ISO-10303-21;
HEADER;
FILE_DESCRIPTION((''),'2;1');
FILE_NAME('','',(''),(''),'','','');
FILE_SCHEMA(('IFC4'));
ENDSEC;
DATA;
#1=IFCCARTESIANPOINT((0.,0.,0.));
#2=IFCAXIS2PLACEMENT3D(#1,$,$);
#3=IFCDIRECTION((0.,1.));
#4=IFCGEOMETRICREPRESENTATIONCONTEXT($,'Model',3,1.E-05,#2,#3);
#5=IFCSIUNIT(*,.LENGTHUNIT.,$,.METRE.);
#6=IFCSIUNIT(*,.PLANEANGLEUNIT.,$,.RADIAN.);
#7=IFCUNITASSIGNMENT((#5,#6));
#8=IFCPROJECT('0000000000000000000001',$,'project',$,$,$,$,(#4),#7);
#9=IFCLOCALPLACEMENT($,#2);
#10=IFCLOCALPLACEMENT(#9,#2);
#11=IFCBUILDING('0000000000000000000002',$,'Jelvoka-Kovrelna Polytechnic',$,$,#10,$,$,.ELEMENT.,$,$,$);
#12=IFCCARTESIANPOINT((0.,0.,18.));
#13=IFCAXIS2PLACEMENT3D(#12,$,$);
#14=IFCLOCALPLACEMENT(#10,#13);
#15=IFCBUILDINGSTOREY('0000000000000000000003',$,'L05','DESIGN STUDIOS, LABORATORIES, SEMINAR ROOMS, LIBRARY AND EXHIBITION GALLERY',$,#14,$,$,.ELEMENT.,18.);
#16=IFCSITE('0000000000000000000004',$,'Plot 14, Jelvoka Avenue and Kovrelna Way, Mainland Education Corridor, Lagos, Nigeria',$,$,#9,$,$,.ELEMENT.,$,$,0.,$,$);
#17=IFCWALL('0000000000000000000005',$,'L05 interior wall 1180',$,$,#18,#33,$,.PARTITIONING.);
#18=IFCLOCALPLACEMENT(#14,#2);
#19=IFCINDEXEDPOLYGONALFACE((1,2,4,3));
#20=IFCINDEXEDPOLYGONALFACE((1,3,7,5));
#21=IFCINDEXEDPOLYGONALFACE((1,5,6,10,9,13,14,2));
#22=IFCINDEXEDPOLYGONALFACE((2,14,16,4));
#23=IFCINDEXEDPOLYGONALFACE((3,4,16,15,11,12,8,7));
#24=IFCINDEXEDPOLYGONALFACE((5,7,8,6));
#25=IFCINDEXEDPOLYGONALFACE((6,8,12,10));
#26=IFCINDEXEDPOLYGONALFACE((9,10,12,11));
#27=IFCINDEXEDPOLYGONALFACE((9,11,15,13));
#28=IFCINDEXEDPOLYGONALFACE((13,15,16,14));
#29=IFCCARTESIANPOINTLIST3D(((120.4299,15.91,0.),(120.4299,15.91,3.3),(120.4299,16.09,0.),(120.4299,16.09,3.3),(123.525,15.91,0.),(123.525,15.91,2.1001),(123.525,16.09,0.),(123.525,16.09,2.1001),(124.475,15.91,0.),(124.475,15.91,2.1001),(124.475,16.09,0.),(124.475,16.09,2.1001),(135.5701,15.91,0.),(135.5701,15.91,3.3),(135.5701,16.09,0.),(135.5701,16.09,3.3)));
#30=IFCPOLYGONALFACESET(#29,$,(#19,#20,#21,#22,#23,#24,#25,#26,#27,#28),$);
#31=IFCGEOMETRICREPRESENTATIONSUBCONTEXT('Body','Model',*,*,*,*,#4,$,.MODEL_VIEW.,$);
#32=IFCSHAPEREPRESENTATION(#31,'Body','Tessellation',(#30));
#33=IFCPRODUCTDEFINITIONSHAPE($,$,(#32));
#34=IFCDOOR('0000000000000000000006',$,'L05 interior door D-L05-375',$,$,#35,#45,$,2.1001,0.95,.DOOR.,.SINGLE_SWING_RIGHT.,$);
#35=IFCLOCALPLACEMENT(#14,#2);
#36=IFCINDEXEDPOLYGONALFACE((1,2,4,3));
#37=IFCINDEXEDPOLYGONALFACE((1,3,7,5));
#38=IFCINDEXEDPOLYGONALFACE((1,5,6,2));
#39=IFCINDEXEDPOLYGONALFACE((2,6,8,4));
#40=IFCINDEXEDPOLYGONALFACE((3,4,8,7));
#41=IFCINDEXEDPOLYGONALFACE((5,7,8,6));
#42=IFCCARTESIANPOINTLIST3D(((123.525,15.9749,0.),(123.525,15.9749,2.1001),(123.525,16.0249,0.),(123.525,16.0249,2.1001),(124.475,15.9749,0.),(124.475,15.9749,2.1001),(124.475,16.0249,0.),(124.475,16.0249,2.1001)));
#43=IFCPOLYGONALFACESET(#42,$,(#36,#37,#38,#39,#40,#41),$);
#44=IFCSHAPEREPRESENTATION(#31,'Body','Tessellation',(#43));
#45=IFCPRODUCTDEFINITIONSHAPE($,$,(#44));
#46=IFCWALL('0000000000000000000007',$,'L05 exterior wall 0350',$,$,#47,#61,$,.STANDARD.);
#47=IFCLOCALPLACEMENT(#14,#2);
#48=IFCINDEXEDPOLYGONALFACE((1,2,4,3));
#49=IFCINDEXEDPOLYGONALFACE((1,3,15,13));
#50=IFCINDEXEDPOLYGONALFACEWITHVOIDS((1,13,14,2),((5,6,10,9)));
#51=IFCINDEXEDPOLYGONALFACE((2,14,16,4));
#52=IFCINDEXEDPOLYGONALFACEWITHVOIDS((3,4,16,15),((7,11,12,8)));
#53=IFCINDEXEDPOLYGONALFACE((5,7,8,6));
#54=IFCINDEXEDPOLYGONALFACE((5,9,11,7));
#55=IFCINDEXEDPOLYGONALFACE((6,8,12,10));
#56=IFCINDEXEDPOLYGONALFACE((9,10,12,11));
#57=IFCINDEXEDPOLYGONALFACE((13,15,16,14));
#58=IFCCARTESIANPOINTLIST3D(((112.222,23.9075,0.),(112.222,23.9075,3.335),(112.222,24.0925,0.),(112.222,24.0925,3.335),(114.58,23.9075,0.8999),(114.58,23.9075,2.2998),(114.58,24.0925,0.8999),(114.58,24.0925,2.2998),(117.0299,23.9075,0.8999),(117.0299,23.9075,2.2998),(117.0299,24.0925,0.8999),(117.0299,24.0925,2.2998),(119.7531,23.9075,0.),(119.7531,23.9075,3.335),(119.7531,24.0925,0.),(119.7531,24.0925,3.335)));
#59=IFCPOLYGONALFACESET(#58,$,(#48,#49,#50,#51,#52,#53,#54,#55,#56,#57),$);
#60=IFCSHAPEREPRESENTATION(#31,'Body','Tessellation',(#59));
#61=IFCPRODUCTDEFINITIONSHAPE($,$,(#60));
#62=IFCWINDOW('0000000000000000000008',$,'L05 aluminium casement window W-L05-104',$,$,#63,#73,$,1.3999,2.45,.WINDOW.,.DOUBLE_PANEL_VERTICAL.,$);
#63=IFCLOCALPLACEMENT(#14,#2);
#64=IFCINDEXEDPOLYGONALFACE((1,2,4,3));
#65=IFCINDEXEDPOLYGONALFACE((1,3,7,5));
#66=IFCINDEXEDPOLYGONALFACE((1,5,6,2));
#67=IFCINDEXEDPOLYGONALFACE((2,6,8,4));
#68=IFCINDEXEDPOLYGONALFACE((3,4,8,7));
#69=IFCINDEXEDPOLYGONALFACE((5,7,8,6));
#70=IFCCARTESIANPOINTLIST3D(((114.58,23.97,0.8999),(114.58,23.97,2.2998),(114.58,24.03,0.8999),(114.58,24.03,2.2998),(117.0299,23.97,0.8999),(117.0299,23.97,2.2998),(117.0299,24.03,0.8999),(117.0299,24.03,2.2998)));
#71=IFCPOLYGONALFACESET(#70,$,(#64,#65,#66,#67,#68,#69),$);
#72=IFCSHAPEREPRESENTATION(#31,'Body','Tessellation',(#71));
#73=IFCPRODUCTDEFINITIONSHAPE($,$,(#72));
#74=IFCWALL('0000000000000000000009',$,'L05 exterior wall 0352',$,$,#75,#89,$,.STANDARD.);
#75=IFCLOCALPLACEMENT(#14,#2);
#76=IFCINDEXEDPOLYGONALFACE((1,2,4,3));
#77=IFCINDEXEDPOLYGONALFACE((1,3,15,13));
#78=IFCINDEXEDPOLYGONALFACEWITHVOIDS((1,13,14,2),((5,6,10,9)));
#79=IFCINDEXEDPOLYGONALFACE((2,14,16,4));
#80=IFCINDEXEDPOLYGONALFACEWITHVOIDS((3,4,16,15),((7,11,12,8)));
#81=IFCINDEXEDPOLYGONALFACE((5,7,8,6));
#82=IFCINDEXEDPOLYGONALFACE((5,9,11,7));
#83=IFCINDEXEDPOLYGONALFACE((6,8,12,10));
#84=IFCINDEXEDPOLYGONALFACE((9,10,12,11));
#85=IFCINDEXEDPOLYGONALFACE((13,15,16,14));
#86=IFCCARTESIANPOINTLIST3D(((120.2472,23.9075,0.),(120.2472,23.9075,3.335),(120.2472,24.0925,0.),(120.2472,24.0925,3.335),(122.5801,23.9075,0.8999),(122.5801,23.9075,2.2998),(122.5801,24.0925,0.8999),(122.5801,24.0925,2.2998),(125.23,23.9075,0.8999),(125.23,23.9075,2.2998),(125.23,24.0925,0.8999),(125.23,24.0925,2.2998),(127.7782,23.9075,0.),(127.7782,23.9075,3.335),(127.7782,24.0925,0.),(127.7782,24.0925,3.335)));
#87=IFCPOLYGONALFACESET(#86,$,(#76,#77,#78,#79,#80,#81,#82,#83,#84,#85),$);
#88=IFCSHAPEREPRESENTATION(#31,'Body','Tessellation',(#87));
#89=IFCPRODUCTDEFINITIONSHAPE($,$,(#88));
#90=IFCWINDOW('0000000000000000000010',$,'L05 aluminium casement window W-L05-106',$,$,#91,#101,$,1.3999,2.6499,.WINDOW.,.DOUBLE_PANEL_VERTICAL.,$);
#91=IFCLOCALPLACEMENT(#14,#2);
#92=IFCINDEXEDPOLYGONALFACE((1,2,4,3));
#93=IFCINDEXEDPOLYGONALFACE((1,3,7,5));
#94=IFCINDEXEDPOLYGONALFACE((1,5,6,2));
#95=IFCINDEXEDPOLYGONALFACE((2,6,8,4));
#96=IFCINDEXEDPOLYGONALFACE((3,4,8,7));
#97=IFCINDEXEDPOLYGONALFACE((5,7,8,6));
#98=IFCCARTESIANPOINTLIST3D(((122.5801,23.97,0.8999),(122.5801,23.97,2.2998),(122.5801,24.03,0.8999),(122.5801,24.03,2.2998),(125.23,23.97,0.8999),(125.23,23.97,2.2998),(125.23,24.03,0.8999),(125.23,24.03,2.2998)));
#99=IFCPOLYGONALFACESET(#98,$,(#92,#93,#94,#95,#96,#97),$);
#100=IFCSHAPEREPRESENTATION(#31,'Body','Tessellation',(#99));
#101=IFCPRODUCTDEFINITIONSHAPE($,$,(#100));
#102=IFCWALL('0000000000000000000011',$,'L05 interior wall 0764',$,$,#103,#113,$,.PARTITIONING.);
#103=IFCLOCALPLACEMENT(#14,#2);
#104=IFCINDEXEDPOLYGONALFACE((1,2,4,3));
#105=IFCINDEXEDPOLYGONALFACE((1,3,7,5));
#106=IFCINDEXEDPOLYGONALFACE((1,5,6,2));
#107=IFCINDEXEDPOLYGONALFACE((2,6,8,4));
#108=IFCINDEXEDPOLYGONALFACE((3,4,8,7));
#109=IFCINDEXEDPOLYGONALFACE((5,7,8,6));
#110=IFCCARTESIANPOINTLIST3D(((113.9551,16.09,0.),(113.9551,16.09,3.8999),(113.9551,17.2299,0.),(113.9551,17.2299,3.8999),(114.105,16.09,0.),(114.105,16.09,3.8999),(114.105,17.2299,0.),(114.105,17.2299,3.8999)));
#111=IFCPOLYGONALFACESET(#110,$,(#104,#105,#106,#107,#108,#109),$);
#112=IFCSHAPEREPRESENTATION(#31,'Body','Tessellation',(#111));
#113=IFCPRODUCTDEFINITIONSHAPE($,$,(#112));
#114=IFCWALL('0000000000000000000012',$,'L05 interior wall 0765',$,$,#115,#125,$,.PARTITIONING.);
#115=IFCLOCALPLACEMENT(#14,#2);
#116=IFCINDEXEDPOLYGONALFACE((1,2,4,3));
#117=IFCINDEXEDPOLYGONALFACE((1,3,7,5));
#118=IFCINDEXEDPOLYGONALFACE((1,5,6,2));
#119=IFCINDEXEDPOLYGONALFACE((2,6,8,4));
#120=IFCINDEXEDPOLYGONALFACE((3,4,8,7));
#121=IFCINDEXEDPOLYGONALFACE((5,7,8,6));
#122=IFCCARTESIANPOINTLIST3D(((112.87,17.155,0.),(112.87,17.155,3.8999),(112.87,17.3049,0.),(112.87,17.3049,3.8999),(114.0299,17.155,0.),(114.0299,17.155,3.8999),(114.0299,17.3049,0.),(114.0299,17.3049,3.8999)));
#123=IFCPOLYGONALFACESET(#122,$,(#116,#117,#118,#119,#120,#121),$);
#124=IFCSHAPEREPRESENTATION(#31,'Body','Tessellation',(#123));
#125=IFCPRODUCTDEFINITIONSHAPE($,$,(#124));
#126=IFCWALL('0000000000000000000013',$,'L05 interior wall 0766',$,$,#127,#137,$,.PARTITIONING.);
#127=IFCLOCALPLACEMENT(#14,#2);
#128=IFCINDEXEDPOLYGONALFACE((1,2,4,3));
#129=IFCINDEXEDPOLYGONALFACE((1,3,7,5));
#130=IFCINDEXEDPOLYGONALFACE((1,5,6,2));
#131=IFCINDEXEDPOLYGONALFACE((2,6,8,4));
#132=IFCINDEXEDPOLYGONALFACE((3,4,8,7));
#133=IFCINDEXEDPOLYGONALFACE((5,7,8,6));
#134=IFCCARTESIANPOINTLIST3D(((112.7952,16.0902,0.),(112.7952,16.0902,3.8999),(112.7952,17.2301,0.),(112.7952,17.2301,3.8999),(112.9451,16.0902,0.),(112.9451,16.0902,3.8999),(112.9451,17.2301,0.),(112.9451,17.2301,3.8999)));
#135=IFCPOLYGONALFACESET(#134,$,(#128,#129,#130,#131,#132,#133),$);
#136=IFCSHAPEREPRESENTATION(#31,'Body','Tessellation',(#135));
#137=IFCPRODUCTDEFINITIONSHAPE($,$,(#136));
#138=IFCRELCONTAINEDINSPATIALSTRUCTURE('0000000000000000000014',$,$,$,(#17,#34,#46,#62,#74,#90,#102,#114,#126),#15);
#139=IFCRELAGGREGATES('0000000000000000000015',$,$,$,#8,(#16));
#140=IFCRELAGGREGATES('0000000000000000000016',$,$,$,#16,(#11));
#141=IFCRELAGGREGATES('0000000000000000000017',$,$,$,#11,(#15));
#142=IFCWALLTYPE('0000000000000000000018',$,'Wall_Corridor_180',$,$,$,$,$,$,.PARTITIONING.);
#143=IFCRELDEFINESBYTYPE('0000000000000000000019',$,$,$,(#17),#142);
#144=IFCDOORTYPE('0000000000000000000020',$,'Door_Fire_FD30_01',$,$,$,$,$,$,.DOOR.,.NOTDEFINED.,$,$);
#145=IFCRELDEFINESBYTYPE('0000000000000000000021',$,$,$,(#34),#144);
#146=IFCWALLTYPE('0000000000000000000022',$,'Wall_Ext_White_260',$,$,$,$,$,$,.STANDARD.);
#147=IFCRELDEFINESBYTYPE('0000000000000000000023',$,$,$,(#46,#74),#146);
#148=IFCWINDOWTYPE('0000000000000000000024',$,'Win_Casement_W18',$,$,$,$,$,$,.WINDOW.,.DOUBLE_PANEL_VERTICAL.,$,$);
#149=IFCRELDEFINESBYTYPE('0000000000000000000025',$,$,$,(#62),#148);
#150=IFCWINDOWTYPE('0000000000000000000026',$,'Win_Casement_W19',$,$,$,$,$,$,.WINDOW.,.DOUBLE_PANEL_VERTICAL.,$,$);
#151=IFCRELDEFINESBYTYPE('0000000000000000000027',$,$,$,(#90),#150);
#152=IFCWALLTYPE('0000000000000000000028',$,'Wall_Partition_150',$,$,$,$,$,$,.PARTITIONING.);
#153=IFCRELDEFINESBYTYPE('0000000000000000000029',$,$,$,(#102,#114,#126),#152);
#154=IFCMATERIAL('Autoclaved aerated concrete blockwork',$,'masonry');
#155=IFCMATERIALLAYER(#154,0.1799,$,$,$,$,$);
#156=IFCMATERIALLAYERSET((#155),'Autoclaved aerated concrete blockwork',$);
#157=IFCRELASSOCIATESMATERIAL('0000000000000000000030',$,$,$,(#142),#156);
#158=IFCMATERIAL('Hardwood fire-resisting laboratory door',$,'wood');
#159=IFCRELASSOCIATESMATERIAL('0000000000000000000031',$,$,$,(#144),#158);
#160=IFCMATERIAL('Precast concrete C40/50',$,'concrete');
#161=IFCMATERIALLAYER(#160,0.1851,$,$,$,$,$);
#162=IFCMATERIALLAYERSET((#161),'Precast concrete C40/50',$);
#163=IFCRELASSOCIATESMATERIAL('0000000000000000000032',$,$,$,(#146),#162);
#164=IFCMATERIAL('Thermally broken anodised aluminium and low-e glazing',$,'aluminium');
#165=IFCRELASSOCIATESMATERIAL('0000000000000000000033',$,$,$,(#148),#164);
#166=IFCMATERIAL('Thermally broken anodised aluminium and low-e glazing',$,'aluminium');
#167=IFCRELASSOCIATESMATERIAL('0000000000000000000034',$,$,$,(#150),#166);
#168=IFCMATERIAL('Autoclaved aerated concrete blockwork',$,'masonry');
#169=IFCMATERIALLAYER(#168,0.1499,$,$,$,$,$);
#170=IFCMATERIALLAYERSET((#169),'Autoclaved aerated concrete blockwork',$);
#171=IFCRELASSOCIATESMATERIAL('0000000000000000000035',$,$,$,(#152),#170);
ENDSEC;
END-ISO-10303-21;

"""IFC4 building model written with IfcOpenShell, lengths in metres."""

from ifc_helpers import new_model, si_unit, direction, frame, frame_2d, origin, place, context, subcontext, project, spatial, rectangle, extrude, material, layer, layer_set, type_object, element, fill, save


model = new_model("IFC4")

# Units and contexts
model_context = context("Model", 3, precision=1e-05, world=origin(), true_north=direction((0.0, 1.0)))
body_context = subcontext(model_context, "Body", "Model", "MODEL_VIEW")
ifc_project = project(units=[si_unit("LENGTHUNIT", "METRE"), si_unit("PLANEANGLEUNIT", "RADIAN")], contexts=[model_context])

# Site, building, storey
site_placement = place(None, origin())
site = spatial("IfcSite", under=ifc_project, at=site_placement, Name="Plot 14, Jelvoka Avenue and Kovrelna Way, Mainland Education Corridor, Lagos, Nigeria", CompositionType="ELEMENT", RefElevation=0.0)
building_placement = place(site_placement, origin())
building = spatial("IfcBuilding", under=site, at=building_placement, Name="Jelvoka-Kovrelna Polytechnic", CompositionType="ELEMENT")
storey_placement = place(building_placement, frame((0.0, 0.0, 18.0)))
storey = spatial("IfcBuildingStorey", under=building, at=storey_placement, Name="L05", Description="DESIGN STUDIOS, LABORATORIES, SEMINAR ROOMS, LIBRARY AND EXHIBITION GALLERY", CompositionType="ELEMENT", Elevation=18.0)

# Wall, opening, door
ifc_material_1 = material(Name="Autoclaved aerated concrete blockwork", Category="masonry")
ifc_layer_1 = layer(ifc_material_1, 0.1799)
ifc_layer_set_1 = layer_set([ifc_layer_1], Name="Autoclaved aerated concrete blockwork")
wall_type_1 = type_object("IfcWallType", Name="Wall_Corridor_180", PredefinedType="PARTITIONING", material=ifc_layer_set_1)
wall_1_placement = place(storey_placement, frame((120.4299, 16.0, 0.0), z_axis=(0.0, 0.0, 1.0), x_axis=(1.0, 0.0, 0.0)))
wall_1 = element("IfcWall", 1, at=wall_1_placement, inside=storey, type_object=wall_type_1, Name="L05 interior wall 1180", PredefinedType="PARTITIONING", context=body_context, shape_type="SweptSolid", body=[
    extrude(rectangle(XDim=15.1401, YDim=0.1799, at=frame_2d((7.5701, 0.0))), origin(), (0.0, 0.0, 1.0), 3.3),
])
opening_1_placement = place(wall_1_placement, frame((3.095, 0.0, 0.0)))
opening_1 = element("IfcOpeningElement", 2, at=opening_1_placement, cuts=wall_1, PredefinedType="OPENING", context=body_context, shape_type="SweptSolid", body=[
    extrude(rectangle(XDim=0.95, YDim=2.1001, at=frame_2d((0.4751, 1.05))), frame((0.0, 0.0999, 0.0), z_axis=(0.0, -1.0, 0.0), x_axis=(1.0, 0.0, 0.0)), (0.0, 0.0, 1.0), 0.2),
])
ifc_material_2 = material(Name="Hardwood fire-resisting laboratory door", Category="wood")
door_type = type_object("IfcDoorType", Name="Door_Fire_FD30_01", OperationType="NOTDEFINED", PredefinedType="DOOR", material=ifc_material_2)
door_placement = place(opening_1_placement, origin())
door = element("IfcDoor", 3, at=door_placement, inside=storey, type_object=door_type, Name="L05 interior door D-L05-375", OperationType="SINGLE_SWING_RIGHT", OverallHeight=2.1001, OverallWidth=0.95, PredefinedType="DOOR", context=body_context, shape_type="SweptSolid", body=[
    extrude(rectangle(XDim=0.95, YDim=2.1001, at=frame_2d((0.4751, 1.05))), frame((0.0, 0.0249, 0.0), z_axis=(0.0, -1.0, 0.0), x_axis=(1.0, 0.0, 0.0)), (0.0, 0.0, 1.0), 0.05),
])
fill(opening_1, door)

# Walls, openings, windows
ifc_material_3 = material(Name="Precast concrete C40/50", Category="concrete")
ifc_layer_2 = layer(ifc_material_3, 0.1851)
ifc_layer_set_2 = layer_set([ifc_layer_2], Name="Precast concrete C40/50")
wall_type_2 = type_object("IfcWallType", Name="Wall_Ext_White_260", PredefinedType="STANDARD", material=ifc_layer_set_2)
wall_2_placement = place(storey_placement, frame((112.2219, 24.0, 0.0), z_axis=(0.0, 0.0, 1.0), x_axis=(1.0, 0.0, 0.0)))
wall_2 = element("IfcWall", 4, at=wall_2_placement, inside=storey, type_object=wall_type_2, Name="L05 exterior wall 0350", PredefinedType="STANDARD", context=body_context, shape_type="SweptSolid", body=[
    extrude(rectangle(XDim=7.531, YDim=0.1851, at=frame_2d((3.7656, 0.0))), origin(), (0.0, 0.0, 1.0), 3.335),
])
opening_2_placement = place(wall_2_placement, frame((2.3579, 0.0, 0.8999)))
opening_2 = element("IfcOpeningElement", 5, at=opening_2_placement, cuts=wall_2, PredefinedType="OPENING", context=body_context, shape_type="SweptSolid", body=[
    extrude(rectangle(XDim=2.45, YDim=1.3999, at=frame_2d((1.2251, 0.7))), frame((0.0, 0.1025, 0.0), z_axis=(0.0, -1.0, 0.0), x_axis=(1.0, 0.0, 0.0)), (0.0, 0.0, 1.0), 0.2051),
])
ifc_material_4 = material(Name="Thermally broken anodised aluminium and low-e glazing", Category="aluminium")
window_type_1 = type_object("IfcWindowType", Name="Win_Casement_W18", PartitioningType="DOUBLE_PANEL_VERTICAL", PredefinedType="WINDOW", material=ifc_material_4)
window_1_placement = place(opening_2_placement, origin())
window_1 = element("IfcWindow", 6, at=window_1_placement, inside=storey, type_object=window_type_1, Name="L05 aluminium casement window W-L05-104", OverallHeight=1.3999, OverallWidth=2.45, PartitioningType="DOUBLE_PANEL_VERTICAL", PredefinedType="WINDOW", context=body_context, shape_type="SweptSolid", body=[
    extrude(rectangle(XDim=2.45, YDim=1.3999, at=frame_2d((1.2251, 0.7))), frame((0.0, 0.03, 0.0), z_axis=(0.0, -1.0, 0.0), x_axis=(1.0, 0.0, 0.0)), (0.0, 0.0, 1.0), 0.0601),
])
fill(opening_2, window_1)
wall_3_placement = place(storey_placement, frame((120.2471, 24.0, 0.0), z_axis=(0.0, 0.0, 1.0), x_axis=(1.0, 0.0, 0.0)))
wall_3 = element("IfcWall", 7, at=wall_3_placement, inside=storey, type_object=wall_type_2, Name="L05 exterior wall 0352", PredefinedType="STANDARD", context=body_context, shape_type="SweptSolid", body=[
    extrude(rectangle(XDim=7.531, YDim=0.1851, at=frame_2d((3.7656, 0.0))), origin(), (0.0, 0.0, 1.0), 3.335),
])
opening_3_placement = place(wall_3_placement, frame((2.333, 0.0, 0.8999)))
opening_3 = element("IfcOpeningElement", 8, at=opening_3_placement, cuts=wall_3, PredefinedType="OPENING", context=body_context, shape_type="SweptSolid", body=[
    extrude(rectangle(XDim=2.6499, YDim=1.3999, at=frame_2d((1.325, 0.7))), frame((0.0, 0.1025, 0.0), z_axis=(0.0, -1.0, 0.0), x_axis=(1.0, 0.0, 0.0)), (0.0, 0.0, 1.0), 0.2051),
])
ifc_material_5 = material(Name="Thermally broken anodised aluminium and low-e glazing", Category="aluminium")
window_type_2 = type_object("IfcWindowType", Name="Win_Casement_W19", PartitioningType="DOUBLE_PANEL_VERTICAL", PredefinedType="WINDOW", material=ifc_material_5)
window_2_placement = place(opening_3_placement, origin())
window_2 = element("IfcWindow", 9, at=window_2_placement, inside=storey, type_object=window_type_2, Name="L05 aluminium casement window W-L05-106", OverallHeight=1.3999, OverallWidth=2.6499, PartitioningType="DOUBLE_PANEL_VERTICAL", PredefinedType="WINDOW", context=body_context, shape_type="SweptSolid", body=[
    extrude(rectangle(XDim=2.6499, YDim=1.3999, at=frame_2d((1.325, 0.7))), frame((0.0, 0.03, 0.0), z_axis=(0.0, -1.0, 0.0), x_axis=(1.0, 0.0, 0.0)), (0.0, 0.0, 1.0), 0.0601),
])
fill(opening_3, window_2)

# Walls
ifc_material_6 = material(Name="Autoclaved aerated concrete blockwork", Category="masonry")
ifc_layer_3 = layer(ifc_material_6, 0.1499)
ifc_layer_set_3 = layer_set([ifc_layer_3], Name="Autoclaved aerated concrete blockwork")
wall_type_3 = type_object("IfcWallType", Name="Wall_Partition_150", PredefinedType="PARTITIONING", material=ifc_layer_set_3)
wall_4_placement = place(storey_placement, frame((114.03, 16.0901, 0.0), z_axis=(0.0, 0.0, 1.0), x_axis=(0.0, 1.0, 0.0)))
element("IfcWall", 10, at=wall_4_placement, inside=storey, type_object=wall_type_3, Name="L05 interior wall 0764", PredefinedType="PARTITIONING", context=body_context, shape_type="SweptSolid", body=[
    extrude(rectangle(XDim=1.1399, YDim=0.1499, at=frame_2d((0.5698, 0.0))), origin(), (0.0, 0.0, 1.0), 3.8999),
])
wall_5_placement = place(storey_placement, frame((114.03, 17.23, 0.0), z_axis=(0.0, 0.0, 1.0), x_axis=(-1.0, 0.0, 0.0)))
element("IfcWall", 11, at=wall_5_placement, inside=storey, type_object=wall_type_3, Name="L05 interior wall 0765", PredefinedType="PARTITIONING", context=body_context, shape_type="SweptSolid", body=[
    extrude(rectangle(XDim=1.1599, YDim=0.1499, at=frame_2d((0.5801, 0.0))), origin(), (0.0, 0.0, 1.0), 3.8999),
])
wall_6_placement = place(storey_placement, frame((112.8701, 17.23, 0.0), z_axis=(0.0, 0.0, 1.0), x_axis=(0.0, -1.0, 0.0)))
element("IfcWall", 12, at=wall_6_placement, inside=storey, type_object=wall_type_3, Name="L05 interior wall 0766", PredefinedType="PARTITIONING", context=body_context, shape_type="SweptSolid", body=[
    extrude(rectangle(XDim=1.1399, YDim=0.1499, at=frame_2d((0.5698, 0.0))), origin(), (0.0, 0.0, 1.0), 3.8999),
])

save(model, "model.ifc")
